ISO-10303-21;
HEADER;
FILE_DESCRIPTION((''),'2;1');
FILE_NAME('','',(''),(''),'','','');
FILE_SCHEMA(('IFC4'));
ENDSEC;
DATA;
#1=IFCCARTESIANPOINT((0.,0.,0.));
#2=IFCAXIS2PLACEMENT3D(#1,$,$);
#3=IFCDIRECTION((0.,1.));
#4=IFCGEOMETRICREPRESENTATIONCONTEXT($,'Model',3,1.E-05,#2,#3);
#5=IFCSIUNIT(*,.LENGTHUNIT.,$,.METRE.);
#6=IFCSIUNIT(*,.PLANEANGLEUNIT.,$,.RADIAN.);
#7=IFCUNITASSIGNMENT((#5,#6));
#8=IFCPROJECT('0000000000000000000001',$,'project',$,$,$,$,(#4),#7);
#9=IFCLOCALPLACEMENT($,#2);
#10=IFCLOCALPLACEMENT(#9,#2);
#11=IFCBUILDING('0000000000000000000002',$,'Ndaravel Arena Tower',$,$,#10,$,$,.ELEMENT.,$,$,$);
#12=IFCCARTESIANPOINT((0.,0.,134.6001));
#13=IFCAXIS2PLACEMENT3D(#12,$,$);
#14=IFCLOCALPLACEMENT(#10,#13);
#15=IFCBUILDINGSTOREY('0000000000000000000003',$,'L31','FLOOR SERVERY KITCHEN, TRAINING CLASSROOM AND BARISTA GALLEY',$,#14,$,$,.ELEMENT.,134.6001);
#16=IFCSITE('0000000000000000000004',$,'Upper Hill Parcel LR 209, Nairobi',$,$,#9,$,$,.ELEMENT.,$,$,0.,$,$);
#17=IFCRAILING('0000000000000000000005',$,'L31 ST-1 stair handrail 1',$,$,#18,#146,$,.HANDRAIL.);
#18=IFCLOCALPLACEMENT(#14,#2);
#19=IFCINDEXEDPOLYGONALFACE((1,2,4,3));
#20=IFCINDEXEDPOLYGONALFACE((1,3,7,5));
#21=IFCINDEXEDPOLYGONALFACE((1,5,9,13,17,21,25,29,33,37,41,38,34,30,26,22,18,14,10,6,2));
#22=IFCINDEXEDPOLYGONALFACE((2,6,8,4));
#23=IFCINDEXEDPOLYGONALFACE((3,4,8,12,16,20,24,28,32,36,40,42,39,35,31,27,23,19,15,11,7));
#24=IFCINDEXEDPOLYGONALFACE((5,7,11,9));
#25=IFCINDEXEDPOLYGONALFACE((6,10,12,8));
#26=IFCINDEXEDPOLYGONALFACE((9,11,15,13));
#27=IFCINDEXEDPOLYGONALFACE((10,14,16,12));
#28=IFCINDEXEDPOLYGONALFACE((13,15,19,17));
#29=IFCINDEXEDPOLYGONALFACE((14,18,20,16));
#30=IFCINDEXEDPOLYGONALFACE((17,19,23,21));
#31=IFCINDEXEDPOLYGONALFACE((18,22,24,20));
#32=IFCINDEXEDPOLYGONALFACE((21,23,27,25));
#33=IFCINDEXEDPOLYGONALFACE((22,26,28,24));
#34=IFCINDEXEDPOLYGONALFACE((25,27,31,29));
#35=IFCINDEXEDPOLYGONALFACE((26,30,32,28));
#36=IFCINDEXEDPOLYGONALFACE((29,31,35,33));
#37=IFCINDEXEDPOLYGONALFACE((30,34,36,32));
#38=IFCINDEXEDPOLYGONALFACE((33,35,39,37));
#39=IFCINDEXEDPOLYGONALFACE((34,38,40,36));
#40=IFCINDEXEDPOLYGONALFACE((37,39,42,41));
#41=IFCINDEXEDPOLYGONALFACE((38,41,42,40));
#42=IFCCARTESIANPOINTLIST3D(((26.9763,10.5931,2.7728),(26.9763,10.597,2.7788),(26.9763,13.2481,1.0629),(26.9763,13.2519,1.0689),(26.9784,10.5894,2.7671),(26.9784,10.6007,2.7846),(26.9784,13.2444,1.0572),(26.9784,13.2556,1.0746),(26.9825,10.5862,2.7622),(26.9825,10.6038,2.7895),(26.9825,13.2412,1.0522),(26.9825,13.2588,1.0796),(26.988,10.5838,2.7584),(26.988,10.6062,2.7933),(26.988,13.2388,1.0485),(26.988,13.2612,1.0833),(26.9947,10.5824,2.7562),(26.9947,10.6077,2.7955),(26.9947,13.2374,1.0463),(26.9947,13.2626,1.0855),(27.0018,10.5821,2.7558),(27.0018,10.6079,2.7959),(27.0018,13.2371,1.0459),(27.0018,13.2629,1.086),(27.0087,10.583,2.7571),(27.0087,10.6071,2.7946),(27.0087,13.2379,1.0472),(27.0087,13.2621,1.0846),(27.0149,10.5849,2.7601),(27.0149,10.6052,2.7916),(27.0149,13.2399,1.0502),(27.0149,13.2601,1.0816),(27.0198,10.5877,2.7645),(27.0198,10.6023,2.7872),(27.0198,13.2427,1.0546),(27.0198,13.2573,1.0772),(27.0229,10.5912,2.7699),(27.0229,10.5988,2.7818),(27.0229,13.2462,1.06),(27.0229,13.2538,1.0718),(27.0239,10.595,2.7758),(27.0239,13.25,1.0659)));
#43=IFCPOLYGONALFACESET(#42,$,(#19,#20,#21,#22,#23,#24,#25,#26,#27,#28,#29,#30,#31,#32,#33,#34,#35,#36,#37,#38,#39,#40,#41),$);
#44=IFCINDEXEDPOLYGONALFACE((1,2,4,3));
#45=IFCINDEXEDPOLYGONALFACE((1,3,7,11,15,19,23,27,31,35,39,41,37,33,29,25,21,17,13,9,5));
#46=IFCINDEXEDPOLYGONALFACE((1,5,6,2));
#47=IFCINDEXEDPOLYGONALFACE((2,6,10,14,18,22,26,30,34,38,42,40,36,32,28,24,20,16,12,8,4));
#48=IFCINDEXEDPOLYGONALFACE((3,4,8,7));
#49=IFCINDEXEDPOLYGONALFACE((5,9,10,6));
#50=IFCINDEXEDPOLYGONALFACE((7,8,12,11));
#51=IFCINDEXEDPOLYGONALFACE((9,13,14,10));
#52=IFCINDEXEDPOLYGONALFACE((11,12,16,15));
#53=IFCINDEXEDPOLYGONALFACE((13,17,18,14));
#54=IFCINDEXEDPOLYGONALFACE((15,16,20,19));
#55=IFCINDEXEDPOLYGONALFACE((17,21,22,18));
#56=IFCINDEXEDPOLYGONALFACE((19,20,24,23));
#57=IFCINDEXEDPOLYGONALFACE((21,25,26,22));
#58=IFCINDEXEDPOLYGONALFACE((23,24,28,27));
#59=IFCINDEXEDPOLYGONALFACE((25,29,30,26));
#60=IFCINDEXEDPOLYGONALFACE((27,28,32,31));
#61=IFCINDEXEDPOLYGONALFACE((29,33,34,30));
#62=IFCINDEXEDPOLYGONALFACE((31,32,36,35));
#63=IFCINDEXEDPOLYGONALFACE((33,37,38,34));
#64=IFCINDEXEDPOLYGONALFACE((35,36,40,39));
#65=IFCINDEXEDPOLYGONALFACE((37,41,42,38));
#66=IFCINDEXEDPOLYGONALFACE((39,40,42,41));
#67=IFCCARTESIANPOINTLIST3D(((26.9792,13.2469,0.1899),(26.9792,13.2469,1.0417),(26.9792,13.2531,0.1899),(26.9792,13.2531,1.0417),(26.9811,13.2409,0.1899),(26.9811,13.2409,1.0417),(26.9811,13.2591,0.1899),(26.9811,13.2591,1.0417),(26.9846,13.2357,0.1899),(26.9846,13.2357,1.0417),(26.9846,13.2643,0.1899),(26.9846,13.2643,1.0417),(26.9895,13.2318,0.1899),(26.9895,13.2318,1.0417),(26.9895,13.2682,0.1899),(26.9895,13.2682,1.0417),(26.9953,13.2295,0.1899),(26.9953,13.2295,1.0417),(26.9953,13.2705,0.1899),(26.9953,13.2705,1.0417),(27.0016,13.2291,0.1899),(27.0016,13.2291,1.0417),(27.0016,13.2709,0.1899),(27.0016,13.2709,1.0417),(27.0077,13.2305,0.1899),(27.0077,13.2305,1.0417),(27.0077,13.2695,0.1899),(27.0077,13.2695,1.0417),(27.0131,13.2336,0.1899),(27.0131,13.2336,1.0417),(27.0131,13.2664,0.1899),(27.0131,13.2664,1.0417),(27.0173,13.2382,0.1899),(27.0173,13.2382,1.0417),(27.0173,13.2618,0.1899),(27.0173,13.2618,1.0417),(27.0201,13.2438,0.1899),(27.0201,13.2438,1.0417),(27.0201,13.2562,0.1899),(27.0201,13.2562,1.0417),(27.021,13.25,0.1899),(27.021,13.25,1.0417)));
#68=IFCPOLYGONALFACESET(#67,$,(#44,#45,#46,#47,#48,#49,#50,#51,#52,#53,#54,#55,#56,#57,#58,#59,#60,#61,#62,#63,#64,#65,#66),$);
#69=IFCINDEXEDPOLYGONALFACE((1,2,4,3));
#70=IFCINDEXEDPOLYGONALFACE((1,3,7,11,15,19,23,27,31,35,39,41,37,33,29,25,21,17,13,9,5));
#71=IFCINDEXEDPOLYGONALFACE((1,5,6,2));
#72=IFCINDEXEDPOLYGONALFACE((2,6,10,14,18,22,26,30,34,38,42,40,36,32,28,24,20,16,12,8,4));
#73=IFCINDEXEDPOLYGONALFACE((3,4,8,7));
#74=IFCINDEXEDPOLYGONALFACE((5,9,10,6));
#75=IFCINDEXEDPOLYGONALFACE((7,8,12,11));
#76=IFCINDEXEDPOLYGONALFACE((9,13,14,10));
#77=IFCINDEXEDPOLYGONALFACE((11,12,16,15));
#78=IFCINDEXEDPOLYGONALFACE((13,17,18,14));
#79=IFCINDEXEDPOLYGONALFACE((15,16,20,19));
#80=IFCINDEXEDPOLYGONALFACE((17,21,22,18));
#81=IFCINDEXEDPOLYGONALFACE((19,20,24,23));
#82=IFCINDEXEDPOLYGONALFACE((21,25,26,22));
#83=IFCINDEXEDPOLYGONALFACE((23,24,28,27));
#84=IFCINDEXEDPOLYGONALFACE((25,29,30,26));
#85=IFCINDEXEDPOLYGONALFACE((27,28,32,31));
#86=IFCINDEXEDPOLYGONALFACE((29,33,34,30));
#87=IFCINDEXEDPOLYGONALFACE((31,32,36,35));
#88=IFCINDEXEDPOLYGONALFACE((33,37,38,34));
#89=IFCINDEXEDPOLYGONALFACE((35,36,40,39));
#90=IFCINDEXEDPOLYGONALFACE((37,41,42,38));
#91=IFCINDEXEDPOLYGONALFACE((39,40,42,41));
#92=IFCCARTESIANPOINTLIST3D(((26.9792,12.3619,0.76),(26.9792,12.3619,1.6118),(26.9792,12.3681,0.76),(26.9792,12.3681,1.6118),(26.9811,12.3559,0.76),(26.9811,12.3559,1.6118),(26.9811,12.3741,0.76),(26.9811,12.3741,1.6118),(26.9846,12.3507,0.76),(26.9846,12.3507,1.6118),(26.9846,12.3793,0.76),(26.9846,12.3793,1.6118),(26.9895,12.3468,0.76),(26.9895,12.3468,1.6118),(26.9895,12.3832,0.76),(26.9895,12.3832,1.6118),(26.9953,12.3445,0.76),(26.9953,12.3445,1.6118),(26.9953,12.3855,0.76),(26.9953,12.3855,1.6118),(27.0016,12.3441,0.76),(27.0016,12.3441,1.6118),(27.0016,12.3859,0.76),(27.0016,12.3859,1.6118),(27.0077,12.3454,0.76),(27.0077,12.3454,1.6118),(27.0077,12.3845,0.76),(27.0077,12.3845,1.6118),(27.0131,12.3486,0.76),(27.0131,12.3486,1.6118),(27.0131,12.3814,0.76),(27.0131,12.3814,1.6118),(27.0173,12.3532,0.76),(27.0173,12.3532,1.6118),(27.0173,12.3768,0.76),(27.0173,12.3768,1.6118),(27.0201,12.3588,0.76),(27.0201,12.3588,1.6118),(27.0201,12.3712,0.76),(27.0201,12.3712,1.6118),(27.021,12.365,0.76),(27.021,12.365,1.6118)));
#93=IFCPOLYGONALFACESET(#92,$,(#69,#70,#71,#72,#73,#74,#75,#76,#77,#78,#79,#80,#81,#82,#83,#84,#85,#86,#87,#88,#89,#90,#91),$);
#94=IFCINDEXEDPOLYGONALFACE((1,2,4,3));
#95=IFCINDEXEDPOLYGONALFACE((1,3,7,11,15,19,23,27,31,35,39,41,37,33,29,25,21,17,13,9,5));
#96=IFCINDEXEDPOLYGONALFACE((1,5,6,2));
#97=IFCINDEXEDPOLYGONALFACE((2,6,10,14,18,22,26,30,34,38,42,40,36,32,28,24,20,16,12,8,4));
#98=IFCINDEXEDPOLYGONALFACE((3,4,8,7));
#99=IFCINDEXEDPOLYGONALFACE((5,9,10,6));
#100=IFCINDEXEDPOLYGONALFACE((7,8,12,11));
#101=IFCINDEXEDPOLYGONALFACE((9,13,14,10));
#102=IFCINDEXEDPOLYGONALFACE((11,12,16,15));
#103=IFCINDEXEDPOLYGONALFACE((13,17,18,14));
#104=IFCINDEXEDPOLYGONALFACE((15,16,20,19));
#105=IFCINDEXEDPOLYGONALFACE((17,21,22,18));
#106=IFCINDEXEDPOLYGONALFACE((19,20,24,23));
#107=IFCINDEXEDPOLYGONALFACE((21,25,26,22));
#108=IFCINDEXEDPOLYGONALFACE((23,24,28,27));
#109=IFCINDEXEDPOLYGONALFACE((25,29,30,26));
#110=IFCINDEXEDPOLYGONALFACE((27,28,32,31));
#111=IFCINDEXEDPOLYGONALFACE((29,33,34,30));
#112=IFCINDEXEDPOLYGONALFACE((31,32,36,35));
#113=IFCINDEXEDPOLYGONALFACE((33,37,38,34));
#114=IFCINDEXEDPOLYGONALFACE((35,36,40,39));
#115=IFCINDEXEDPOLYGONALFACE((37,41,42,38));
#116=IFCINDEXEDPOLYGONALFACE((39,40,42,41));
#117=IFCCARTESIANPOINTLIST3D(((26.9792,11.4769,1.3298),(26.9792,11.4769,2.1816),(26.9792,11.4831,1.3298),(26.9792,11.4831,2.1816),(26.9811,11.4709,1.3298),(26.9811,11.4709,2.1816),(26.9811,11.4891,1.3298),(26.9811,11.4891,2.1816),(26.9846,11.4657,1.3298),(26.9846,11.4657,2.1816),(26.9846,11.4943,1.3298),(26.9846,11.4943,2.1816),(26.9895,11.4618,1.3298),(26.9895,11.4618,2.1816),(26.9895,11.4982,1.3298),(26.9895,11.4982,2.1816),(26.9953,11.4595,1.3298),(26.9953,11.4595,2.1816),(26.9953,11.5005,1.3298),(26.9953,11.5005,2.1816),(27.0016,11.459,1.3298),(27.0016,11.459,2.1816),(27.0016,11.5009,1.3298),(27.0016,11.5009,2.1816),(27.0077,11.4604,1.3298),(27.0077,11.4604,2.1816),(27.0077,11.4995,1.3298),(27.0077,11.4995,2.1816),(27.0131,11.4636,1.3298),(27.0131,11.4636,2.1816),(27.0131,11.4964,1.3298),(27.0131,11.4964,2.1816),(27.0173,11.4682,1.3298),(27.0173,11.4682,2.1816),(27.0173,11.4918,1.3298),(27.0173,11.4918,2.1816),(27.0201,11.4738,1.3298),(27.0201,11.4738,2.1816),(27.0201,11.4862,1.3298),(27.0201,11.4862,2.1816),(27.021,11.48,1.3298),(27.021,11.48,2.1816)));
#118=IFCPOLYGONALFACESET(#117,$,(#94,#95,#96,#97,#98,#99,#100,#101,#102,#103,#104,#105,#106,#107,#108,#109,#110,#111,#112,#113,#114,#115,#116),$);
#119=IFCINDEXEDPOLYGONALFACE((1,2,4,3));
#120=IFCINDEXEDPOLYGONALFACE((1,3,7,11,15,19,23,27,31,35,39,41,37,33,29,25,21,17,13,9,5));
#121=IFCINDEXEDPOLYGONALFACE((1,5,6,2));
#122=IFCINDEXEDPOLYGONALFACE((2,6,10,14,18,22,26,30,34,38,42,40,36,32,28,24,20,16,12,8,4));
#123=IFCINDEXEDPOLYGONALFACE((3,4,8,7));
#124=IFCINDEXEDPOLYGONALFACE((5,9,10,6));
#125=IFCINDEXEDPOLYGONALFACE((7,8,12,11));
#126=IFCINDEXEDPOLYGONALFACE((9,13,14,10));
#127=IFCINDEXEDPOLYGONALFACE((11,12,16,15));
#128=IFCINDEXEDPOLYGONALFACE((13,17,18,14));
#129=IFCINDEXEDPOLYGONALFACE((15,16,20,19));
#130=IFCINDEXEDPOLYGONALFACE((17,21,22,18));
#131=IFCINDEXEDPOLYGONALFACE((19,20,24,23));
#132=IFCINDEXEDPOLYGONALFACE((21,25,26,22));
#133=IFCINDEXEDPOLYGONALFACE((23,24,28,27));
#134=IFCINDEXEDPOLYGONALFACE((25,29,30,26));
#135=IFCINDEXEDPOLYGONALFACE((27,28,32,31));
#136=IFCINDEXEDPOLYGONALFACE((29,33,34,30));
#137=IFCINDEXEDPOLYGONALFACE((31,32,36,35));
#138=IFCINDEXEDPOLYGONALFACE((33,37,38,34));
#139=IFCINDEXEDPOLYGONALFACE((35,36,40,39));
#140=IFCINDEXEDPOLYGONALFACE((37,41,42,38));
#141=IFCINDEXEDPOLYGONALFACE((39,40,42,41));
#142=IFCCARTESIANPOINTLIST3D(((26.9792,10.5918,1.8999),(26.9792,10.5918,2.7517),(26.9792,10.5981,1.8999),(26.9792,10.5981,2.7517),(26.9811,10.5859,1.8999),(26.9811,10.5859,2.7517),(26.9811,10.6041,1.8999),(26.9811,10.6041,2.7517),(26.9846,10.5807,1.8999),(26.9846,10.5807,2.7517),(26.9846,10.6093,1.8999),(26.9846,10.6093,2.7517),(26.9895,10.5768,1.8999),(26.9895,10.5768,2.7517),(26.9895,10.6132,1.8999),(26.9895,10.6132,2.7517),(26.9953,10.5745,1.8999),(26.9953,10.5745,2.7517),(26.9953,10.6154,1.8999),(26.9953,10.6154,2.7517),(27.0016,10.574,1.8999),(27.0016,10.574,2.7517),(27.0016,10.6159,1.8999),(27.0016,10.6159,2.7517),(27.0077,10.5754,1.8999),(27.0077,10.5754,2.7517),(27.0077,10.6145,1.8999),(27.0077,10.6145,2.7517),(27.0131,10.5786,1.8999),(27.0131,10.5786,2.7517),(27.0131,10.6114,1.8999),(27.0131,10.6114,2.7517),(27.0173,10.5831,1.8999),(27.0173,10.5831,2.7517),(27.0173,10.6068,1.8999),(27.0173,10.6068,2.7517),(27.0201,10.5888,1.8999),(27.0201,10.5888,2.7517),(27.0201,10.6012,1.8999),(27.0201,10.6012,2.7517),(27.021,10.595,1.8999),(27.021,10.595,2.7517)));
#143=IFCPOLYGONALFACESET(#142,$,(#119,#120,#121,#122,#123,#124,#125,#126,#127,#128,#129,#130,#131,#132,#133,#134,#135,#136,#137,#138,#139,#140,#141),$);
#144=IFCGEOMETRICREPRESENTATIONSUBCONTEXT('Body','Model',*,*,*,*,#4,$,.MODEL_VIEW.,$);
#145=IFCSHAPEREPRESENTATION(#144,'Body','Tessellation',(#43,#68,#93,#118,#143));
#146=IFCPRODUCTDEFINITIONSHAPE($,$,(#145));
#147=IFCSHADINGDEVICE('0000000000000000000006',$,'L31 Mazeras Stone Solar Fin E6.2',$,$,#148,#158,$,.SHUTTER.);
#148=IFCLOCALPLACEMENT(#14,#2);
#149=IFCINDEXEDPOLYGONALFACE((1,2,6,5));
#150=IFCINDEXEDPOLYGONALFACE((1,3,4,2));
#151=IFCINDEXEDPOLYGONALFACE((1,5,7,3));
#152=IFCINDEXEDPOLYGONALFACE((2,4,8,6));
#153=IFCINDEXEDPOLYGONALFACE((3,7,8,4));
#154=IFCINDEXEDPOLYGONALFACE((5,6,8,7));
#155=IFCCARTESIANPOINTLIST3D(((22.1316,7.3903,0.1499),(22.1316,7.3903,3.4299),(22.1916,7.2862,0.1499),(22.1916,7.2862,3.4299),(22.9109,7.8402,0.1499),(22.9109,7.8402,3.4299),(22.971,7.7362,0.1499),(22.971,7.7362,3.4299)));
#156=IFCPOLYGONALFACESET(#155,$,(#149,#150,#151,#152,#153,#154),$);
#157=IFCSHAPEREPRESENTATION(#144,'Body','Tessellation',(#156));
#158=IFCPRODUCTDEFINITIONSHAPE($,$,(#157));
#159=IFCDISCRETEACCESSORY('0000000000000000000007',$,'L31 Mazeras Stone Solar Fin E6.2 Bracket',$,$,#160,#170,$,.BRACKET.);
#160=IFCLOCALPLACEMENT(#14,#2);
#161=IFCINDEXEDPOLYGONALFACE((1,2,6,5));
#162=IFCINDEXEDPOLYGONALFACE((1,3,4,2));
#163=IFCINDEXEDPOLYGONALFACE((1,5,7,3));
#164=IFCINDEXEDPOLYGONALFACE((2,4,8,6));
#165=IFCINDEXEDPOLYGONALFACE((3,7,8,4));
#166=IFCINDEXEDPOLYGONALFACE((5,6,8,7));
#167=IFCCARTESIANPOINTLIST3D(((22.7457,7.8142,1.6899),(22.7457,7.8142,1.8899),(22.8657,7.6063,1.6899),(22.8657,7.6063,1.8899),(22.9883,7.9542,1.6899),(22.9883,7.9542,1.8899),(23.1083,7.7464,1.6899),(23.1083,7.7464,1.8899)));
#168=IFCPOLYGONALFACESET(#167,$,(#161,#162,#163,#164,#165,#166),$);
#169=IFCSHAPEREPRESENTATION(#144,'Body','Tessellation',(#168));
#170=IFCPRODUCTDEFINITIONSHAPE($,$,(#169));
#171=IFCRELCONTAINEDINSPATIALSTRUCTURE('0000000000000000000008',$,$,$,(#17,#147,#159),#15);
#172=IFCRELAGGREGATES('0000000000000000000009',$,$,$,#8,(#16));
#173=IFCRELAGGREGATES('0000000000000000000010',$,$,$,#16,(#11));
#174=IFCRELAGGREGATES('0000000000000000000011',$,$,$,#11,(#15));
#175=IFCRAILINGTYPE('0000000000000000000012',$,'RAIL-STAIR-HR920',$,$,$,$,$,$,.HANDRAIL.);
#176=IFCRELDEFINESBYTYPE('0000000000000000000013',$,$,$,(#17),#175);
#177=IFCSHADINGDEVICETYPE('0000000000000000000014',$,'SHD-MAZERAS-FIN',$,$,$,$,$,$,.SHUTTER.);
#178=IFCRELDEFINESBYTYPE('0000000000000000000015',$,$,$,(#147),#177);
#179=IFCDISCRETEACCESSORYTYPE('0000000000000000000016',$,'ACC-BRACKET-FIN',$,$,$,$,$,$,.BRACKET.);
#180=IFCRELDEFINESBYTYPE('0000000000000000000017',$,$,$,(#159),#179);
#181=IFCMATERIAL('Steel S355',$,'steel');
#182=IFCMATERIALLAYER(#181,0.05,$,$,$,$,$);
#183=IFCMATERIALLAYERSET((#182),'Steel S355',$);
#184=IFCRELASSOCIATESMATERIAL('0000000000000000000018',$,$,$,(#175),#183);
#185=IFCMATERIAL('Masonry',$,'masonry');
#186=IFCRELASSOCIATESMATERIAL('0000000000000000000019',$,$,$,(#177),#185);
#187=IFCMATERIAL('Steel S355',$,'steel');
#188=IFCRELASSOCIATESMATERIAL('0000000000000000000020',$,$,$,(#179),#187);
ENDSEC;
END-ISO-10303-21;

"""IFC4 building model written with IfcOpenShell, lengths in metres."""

from ifc_helpers import new_model, si_unit, direction, frame, origin, origin_2d, place, context, subcontext, project, spatial, rectangle, circle, extrude, material, layer, layer_set, type_object, element, save


model = new_model("IFC4")

# Units and contexts
model_context = context("Model", 3, precision=1e-05, world=origin(), true_north=direction((0.0, 1.0)))
body_context = subcontext(model_context, "Body", "Model", "MODEL_VIEW")
ifc_project = project(units=[si_unit("LENGTHUNIT", "METRE"), si_unit("PLANEANGLEUNIT", "RADIAN")], contexts=[model_context])

# Site, building, storey
site_placement = place(None, origin())
site = spatial("IfcSite", under=ifc_project, at=site_placement, Name="Upper Hill Parcel LR 209, Nairobi", CompositionType="ELEMENT", RefElevation=0.0)
building_placement = place(site_placement, origin())
building = spatial("IfcBuilding", under=site, at=building_placement, Name="Ndaravel Arena Tower", CompositionType="ELEMENT")
storey_placement = place(building_placement, frame((0.0, 0.0, 134.6001)))
storey = spatial("IfcBuildingStorey", under=building, at=storey_placement, Name="L31", Description="FLOOR SERVERY KITCHEN, TRAINING CLASSROOM AND BARISTA GALLEY", CompositionType="ELEMENT", Elevation=134.6001)

# Railing
ifc_material_1 = material(Name="Steel S355", Category="steel")
ifc_layer_1 = layer(ifc_material_1, 0.05)
ifc_layer_set_1 = layer_set([ifc_layer_1], Name="Steel S355")
railing_type = type_object("IfcRailingType", Name="RAIL-STAIR-HR920", PredefinedType="HANDRAIL", material=ifc_layer_set_1)
railing_placement = place(storey_placement, frame((27.0, 13.25, 0.1899)))
element("IfcRailing", 1, at=railing_placement, inside=storey, type_object=railing_type, Name="L31 ST-1 stair handrail 1", PredefinedType="HANDRAIL", context=body_context, shape_type="SweptSolid", body=[
    extrude(circle(Radius=0.0239, at=origin_2d()), frame((0.0, 0.0, 0.876), z_axis=(0.0, -0.840724, 0.541465), x_axis=(1.0, 0.0, 0.0)), (0.0, 0.0, 1.0), 3.158),
    extrude(circle(Radius=0.021, at=origin_2d()), origin(), (0.0, 0.0, 1.0), 0.8518),
    extrude(circle(Radius=0.021, at=origin_2d()), frame((0.0, -0.885, 0.5701)), (0.0, 0.0, 1.0), 0.8518),
    extrude(circle(Radius=0.021, at=origin_2d()), frame((0.0, -1.77, 1.1399)), (0.0, 0.0, 1.0), 0.8518),
    extrude(circle(Radius=0.021, at=origin_2d()), frame((0.0, -2.655, 1.71)), (0.0, 0.0, 1.0), 0.8518),
])

# Shading device
ifc_material_2 = material(Name="Masonry", Category="masonry")
shading_device_type = type_object("IfcShadingDeviceType", Name="SHD-MAZERAS-FIN", PredefinedType="SHUTTER", material=ifc_material_2)
shading_device_placement = place(storey_placement, frame((22.5513, 7.5632, 0.1499), z_axis=(0.0, 0.0, 1.0), x_axis=(-0.866025, -0.5, 0.0)))
element("IfcShadingDevice", 2, at=shading_device_placement, inside=storey, type_object=shading_device_type, Name="L31 Mazeras Stone Solar Fin E6.2", PredefinedType="SHUTTER", context=body_context, shape_type="SweptSolid", body=[
    extrude(rectangle(XDim=0.8999, YDim=0.1201, at=origin_2d()), origin(), (0.0, 0.0, 1.0), 3.28),
])

# Discrete accessory
ifc_material_3 = material(Name="Steel S355", Category="steel")
discrete_accessory_type = type_object("IfcDiscreteAccessoryType", Name="ACC-BRACKET-FIN", PredefinedType="BRACKET", material=ifc_material_3)
discrete_accessory_placement = place(storey_placement, frame((22.927, 7.7803, 1.6899), z_axis=(0.0, 0.0, 1.0), x_axis=(-0.866025, -0.5, 0.0)))
element("IfcDiscreteAccessory", 3, at=discrete_accessory_placement, inside=storey, type_object=discrete_accessory_type, Name="L31 Mazeras Stone Solar Fin E6.2 Bracket", PredefinedType="BRACKET", context=body_context, shape_type="SweptSolid", body=[
    extrude(rectangle(XDim=0.28, YDim=0.24, at=origin_2d()), origin(), (0.0, 0.0, 1.0), 0.2),
])

save(model, "model.ifc")
